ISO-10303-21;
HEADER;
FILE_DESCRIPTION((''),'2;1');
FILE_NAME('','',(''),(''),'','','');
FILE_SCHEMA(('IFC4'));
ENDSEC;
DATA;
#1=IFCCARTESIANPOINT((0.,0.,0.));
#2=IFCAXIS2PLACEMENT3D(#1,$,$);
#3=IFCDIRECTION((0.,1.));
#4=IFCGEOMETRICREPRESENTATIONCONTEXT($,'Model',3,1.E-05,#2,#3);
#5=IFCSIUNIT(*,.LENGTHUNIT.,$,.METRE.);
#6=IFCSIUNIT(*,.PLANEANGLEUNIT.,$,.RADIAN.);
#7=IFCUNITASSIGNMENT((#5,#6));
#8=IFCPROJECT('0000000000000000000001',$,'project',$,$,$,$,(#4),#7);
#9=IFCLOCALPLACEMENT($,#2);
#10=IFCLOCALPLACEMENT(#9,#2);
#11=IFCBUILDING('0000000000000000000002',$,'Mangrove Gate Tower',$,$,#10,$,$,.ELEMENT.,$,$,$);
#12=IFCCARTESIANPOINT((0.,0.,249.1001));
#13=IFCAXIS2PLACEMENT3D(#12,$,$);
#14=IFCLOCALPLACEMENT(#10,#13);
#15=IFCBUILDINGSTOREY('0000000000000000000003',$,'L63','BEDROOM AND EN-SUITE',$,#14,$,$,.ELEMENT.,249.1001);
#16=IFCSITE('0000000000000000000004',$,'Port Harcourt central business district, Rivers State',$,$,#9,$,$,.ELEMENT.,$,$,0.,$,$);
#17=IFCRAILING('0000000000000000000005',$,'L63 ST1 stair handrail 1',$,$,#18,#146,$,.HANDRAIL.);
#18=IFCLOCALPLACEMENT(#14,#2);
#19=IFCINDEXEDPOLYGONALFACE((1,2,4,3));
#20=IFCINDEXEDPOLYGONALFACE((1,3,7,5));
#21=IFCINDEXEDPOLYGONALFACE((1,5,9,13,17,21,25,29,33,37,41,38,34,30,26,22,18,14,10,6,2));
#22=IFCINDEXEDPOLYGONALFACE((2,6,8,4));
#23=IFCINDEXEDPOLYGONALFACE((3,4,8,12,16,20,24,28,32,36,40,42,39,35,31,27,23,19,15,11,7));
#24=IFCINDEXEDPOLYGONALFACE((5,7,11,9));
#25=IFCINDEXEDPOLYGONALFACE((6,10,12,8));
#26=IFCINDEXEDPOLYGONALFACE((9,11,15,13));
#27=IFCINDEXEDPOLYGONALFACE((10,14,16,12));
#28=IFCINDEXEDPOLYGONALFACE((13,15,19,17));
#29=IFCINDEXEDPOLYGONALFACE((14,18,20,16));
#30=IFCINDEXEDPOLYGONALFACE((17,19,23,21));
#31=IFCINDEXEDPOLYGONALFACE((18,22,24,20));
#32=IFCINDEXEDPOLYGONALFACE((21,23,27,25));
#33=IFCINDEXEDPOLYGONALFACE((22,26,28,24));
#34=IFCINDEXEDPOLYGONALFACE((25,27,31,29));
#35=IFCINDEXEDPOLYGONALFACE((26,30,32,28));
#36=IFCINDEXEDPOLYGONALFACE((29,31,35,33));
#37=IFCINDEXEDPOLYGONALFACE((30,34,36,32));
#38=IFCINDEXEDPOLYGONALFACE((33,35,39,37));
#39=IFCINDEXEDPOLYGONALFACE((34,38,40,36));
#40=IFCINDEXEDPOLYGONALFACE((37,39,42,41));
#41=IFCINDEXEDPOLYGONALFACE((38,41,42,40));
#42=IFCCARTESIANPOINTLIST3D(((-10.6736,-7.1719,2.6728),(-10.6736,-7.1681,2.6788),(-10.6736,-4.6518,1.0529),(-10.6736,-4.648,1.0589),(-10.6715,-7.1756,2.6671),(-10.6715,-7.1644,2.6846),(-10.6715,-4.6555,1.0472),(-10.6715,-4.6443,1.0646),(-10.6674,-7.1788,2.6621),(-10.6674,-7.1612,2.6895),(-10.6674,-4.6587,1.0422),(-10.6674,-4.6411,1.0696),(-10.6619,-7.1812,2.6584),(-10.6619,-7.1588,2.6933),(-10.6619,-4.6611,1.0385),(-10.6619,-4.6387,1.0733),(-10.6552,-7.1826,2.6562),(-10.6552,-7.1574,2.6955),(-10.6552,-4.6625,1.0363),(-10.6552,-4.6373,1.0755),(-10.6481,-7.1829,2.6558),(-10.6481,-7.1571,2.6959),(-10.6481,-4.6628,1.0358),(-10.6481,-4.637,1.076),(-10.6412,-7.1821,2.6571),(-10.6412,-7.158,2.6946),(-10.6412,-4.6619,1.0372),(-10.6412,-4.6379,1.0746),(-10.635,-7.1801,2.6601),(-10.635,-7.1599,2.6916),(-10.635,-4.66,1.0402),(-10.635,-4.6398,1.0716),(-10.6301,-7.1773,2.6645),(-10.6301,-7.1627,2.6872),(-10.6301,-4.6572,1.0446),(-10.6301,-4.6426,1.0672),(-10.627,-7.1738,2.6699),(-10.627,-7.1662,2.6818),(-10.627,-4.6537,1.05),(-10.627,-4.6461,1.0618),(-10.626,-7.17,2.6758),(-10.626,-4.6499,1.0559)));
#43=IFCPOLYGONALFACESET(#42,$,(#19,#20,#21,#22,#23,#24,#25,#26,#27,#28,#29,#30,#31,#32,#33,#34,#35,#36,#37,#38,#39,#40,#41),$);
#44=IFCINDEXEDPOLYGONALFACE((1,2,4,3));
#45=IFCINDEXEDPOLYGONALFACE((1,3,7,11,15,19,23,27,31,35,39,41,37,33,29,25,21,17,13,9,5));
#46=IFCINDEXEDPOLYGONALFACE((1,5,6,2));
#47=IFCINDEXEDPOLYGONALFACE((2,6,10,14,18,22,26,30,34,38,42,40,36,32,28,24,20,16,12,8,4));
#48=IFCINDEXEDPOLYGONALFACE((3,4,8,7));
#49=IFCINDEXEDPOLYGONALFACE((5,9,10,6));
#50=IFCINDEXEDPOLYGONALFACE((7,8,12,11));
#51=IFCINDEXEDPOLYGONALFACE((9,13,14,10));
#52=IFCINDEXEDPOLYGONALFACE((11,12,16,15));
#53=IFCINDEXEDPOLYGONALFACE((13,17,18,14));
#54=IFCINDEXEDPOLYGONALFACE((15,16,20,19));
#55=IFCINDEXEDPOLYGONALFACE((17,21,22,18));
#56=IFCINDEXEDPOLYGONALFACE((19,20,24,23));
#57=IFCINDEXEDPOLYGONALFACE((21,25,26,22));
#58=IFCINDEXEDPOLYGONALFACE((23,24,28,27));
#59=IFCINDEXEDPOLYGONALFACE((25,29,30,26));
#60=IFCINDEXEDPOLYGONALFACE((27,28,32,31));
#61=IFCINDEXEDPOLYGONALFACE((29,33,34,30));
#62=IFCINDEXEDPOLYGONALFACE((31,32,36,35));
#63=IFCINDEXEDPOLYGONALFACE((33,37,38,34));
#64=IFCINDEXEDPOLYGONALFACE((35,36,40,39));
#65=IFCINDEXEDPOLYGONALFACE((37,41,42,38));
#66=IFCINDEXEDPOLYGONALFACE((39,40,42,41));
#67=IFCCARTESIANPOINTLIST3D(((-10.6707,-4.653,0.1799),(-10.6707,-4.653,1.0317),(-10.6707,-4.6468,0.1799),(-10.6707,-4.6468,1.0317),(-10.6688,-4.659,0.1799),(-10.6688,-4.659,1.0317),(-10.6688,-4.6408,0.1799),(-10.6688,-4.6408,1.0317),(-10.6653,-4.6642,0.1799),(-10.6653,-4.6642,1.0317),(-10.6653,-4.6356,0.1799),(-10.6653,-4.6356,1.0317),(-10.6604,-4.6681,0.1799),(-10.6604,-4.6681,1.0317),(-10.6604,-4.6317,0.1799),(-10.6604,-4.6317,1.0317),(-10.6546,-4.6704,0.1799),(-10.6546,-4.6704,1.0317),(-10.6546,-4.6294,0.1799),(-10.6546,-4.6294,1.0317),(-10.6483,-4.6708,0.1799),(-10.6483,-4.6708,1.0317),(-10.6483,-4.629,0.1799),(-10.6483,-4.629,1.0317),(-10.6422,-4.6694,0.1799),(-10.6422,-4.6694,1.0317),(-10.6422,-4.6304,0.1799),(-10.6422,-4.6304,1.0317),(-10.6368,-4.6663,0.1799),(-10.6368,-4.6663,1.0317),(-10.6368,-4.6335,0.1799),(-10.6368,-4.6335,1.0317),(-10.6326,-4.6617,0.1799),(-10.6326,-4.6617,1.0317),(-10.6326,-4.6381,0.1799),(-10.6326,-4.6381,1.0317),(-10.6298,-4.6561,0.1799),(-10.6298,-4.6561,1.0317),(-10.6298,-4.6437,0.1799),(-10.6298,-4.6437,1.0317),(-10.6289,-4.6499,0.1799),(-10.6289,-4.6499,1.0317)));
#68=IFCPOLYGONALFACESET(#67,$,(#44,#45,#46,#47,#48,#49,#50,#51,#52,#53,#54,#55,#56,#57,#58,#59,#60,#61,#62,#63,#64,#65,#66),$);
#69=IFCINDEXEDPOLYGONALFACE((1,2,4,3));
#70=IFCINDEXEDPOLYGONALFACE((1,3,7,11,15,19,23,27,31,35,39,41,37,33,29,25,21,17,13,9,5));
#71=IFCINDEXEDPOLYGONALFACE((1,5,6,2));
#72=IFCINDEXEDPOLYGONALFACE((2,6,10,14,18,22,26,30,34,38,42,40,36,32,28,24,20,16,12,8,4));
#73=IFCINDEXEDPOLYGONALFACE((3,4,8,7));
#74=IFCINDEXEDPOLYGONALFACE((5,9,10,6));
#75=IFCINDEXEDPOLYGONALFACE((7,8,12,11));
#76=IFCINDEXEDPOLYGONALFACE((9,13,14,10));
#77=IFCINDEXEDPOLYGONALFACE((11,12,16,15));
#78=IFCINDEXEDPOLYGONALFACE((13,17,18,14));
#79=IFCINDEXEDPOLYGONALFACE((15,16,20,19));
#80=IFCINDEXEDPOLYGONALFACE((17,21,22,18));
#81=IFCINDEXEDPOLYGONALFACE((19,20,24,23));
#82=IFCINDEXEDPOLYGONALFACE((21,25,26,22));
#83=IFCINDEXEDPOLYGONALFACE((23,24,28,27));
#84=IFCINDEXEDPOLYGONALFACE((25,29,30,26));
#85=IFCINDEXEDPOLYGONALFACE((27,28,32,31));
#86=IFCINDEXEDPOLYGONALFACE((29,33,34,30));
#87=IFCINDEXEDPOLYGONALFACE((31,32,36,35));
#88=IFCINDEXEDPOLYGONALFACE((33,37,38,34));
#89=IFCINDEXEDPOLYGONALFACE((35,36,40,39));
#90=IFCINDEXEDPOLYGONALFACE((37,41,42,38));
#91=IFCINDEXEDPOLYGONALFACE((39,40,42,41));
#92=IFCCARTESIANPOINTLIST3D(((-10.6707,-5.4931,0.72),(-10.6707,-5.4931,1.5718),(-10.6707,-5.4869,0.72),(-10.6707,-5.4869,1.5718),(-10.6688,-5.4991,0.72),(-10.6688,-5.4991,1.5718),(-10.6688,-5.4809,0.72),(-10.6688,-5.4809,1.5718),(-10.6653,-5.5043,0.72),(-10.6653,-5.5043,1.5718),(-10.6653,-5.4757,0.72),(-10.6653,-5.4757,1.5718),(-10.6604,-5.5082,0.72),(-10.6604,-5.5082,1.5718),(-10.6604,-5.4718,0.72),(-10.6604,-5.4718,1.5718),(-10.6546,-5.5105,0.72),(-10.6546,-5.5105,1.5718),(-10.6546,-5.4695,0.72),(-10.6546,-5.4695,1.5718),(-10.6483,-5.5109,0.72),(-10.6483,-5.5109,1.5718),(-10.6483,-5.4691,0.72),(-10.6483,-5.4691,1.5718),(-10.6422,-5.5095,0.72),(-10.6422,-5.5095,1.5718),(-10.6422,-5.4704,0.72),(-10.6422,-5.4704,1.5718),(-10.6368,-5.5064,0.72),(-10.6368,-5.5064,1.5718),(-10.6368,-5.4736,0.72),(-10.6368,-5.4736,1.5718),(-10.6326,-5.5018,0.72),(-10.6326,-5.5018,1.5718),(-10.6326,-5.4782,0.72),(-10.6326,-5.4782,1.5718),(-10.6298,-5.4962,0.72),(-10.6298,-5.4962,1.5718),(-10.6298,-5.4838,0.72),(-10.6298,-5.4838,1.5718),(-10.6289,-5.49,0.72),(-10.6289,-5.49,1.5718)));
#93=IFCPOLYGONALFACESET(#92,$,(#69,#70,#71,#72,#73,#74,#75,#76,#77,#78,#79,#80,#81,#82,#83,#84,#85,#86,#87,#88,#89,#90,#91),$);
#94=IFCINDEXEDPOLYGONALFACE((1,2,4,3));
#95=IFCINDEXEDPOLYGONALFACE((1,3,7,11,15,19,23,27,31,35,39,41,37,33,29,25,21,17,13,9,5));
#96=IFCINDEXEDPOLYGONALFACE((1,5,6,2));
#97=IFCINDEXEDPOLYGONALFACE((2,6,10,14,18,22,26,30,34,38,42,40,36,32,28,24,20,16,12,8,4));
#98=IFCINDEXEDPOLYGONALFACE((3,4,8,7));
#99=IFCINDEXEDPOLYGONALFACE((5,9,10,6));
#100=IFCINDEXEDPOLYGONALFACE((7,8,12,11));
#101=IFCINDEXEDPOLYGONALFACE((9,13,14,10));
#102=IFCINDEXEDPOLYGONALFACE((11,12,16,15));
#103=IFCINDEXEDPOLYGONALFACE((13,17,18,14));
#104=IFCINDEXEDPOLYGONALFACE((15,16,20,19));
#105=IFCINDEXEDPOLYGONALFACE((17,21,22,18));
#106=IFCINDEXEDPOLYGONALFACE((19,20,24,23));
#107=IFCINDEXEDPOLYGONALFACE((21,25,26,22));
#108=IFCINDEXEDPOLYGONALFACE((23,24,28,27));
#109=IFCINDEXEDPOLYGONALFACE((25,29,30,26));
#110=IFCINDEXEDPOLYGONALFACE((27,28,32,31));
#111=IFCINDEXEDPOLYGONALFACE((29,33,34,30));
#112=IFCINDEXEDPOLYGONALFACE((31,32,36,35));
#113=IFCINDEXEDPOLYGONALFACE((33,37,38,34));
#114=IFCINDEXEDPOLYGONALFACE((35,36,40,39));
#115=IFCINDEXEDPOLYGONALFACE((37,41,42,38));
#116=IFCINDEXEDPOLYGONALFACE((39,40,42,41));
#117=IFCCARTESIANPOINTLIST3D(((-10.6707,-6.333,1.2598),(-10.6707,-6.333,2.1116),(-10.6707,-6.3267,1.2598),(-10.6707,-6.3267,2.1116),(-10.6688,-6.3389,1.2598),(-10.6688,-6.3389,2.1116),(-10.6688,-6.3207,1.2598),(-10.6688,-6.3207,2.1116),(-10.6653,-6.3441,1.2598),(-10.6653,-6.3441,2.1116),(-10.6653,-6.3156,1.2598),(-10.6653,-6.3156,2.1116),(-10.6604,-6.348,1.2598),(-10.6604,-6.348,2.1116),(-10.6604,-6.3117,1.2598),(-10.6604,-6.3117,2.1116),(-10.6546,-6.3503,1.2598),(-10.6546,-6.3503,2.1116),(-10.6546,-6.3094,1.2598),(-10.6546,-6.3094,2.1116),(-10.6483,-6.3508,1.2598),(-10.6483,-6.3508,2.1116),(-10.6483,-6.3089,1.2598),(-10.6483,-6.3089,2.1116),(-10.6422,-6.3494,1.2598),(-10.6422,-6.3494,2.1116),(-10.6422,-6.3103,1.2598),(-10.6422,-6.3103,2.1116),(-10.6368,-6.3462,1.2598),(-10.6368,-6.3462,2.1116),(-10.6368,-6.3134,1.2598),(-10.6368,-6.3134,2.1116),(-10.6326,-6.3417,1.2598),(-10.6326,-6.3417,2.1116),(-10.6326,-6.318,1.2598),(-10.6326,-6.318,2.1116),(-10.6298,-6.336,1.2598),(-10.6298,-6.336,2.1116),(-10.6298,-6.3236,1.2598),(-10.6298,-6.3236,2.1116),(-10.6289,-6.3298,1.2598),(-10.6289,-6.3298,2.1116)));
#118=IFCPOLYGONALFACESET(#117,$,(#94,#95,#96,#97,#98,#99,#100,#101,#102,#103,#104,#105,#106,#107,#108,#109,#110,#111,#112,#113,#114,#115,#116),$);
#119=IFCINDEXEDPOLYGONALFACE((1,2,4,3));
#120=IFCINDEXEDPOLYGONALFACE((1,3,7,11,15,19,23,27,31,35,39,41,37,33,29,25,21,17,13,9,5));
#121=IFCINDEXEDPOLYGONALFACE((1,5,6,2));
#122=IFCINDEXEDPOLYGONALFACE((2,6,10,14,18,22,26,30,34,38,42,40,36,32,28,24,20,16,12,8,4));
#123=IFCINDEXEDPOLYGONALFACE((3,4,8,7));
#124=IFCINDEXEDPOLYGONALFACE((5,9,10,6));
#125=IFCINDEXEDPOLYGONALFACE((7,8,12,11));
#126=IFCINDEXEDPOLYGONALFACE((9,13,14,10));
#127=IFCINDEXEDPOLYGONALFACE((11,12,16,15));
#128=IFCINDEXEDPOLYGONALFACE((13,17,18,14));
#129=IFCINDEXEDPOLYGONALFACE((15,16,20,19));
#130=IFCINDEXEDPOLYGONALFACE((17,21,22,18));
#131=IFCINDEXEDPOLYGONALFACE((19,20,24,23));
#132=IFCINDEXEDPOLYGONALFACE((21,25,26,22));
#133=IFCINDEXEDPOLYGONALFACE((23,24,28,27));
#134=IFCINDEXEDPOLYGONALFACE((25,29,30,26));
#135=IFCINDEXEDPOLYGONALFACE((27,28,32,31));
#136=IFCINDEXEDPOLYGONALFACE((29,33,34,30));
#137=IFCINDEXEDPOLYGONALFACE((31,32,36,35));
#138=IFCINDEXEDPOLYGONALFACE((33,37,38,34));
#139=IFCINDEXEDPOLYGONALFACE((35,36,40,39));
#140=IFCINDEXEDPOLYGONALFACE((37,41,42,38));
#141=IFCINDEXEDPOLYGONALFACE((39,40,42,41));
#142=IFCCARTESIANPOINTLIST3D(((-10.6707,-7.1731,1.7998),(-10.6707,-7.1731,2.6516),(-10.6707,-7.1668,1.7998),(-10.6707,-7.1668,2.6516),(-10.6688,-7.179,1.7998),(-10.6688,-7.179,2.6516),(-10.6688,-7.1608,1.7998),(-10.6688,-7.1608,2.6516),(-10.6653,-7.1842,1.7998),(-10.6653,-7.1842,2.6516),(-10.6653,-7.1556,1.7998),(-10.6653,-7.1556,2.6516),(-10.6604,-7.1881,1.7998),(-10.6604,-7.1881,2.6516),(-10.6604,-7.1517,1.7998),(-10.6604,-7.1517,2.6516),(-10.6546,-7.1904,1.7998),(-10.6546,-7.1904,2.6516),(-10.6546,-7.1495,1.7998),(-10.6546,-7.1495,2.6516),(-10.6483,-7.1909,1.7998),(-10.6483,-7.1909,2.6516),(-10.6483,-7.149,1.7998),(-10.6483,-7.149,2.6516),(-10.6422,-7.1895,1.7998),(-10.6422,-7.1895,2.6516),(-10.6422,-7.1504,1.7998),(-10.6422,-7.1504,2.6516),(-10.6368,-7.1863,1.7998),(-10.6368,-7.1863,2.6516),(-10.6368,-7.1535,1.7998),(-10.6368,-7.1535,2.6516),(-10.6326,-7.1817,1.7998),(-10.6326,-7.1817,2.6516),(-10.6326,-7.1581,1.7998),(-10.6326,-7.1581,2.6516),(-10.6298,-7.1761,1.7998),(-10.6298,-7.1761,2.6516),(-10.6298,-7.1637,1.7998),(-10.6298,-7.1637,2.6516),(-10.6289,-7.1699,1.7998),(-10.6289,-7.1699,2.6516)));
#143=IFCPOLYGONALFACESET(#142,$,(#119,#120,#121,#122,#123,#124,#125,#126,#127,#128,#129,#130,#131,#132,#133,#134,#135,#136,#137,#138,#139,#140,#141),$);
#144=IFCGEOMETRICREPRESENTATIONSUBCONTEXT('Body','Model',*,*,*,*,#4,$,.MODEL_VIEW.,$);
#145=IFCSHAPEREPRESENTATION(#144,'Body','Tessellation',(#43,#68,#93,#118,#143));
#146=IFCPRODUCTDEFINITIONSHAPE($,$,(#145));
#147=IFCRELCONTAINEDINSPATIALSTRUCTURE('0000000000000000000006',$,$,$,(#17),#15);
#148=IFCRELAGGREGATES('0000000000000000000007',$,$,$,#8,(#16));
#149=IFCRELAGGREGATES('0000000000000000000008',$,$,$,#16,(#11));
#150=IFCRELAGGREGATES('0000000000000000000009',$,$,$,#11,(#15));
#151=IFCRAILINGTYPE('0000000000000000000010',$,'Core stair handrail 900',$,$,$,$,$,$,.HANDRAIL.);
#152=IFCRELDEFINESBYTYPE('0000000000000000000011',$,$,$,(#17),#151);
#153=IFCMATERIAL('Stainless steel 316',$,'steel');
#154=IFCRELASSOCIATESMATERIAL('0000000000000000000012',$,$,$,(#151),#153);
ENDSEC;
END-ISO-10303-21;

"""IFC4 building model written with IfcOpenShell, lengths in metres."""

from ifc_helpers import new_model, si_unit, direction, frame, origin, origin_2d, place, context, subcontext, project, spatial, circle, extrude, material, type_object, element, save


model = new_model("IFC4")

# Units and contexts
model_context = context("Model", 3, precision=1e-05, world=origin(), true_north=direction((0.0, 1.0)))
body_context = subcontext(model_context, "Body", "Model", "MODEL_VIEW")
ifc_project = project(units=[si_unit("LENGTHUNIT", "METRE"), si_unit("PLANEANGLEUNIT", "RADIAN")], contexts=[model_context])

# Site, building, storey
site_placement = place(None, origin())
site = spatial("IfcSite", under=ifc_project, at=site_placement, Name="Port Harcourt central business district, Rivers State", CompositionType="ELEMENT", RefElevation=0.0)
building_placement = place(site_placement, origin())
building = spatial("IfcBuilding", under=site, at=building_placement, Name="Mangrove Gate Tower", CompositionType="ELEMENT")
storey_placement = place(building_placement, frame((0.0, 0.0, 249.1001)))
storey = spatial("IfcBuildingStorey", under=building, at=storey_placement, Name="L63", Description="BEDROOM AND EN-SUITE", CompositionType="ELEMENT", Elevation=249.1001)

# Railing
ifc_material_1 = material(Name="Stainless steel 316", Category="steel")
railing_type_1 = type_object("IfcRailingType", Name="Core stair handrail 900", PredefinedType="HANDRAIL", material=ifc_material_1)
railing_1_placement = place(storey_placement, frame((-10.6499, -4.6499, 0.1799)))
element("IfcRailing", 1, at=railing_1_placement, inside=storey, type_object=railing_type_1, Name="L63 ST1 stair handrail 1", PredefinedType="HANDRAIL", context=body_context, shape_type="SweptSolid", body=[
    extrude(circle(Radius=0.0239, at=origin_2d()), frame((0.0, 0.0, 0.876), z_axis=(0.0, -0.8412, 0.540725), x_axis=(1.0, 0.0, 0.0)), (0.0, 0.0, 1.0), 2.9958),
    extrude(circle(Radius=0.021, at=origin_2d()), origin(), (0.0, 0.0, 1.0), 0.8518),
    extrude(circle(Radius=0.021, at=origin_2d()), frame((0.0, -0.8401, 0.54)), (0.0, 0.0, 1.0), 0.8518),
    extrude(circle(Radius=0.021, at=origin_2d()), frame((0.0, -1.6799, 1.0798)), (0.0, 0.0, 1.0), 0.8518),
    extrude(circle(Radius=0.021, at=origin_2d()), frame((0.0, -2.52, 1.6199)), (0.0, 0.0, 1.0), 0.8518),
])

save(model, "model.ifc")
